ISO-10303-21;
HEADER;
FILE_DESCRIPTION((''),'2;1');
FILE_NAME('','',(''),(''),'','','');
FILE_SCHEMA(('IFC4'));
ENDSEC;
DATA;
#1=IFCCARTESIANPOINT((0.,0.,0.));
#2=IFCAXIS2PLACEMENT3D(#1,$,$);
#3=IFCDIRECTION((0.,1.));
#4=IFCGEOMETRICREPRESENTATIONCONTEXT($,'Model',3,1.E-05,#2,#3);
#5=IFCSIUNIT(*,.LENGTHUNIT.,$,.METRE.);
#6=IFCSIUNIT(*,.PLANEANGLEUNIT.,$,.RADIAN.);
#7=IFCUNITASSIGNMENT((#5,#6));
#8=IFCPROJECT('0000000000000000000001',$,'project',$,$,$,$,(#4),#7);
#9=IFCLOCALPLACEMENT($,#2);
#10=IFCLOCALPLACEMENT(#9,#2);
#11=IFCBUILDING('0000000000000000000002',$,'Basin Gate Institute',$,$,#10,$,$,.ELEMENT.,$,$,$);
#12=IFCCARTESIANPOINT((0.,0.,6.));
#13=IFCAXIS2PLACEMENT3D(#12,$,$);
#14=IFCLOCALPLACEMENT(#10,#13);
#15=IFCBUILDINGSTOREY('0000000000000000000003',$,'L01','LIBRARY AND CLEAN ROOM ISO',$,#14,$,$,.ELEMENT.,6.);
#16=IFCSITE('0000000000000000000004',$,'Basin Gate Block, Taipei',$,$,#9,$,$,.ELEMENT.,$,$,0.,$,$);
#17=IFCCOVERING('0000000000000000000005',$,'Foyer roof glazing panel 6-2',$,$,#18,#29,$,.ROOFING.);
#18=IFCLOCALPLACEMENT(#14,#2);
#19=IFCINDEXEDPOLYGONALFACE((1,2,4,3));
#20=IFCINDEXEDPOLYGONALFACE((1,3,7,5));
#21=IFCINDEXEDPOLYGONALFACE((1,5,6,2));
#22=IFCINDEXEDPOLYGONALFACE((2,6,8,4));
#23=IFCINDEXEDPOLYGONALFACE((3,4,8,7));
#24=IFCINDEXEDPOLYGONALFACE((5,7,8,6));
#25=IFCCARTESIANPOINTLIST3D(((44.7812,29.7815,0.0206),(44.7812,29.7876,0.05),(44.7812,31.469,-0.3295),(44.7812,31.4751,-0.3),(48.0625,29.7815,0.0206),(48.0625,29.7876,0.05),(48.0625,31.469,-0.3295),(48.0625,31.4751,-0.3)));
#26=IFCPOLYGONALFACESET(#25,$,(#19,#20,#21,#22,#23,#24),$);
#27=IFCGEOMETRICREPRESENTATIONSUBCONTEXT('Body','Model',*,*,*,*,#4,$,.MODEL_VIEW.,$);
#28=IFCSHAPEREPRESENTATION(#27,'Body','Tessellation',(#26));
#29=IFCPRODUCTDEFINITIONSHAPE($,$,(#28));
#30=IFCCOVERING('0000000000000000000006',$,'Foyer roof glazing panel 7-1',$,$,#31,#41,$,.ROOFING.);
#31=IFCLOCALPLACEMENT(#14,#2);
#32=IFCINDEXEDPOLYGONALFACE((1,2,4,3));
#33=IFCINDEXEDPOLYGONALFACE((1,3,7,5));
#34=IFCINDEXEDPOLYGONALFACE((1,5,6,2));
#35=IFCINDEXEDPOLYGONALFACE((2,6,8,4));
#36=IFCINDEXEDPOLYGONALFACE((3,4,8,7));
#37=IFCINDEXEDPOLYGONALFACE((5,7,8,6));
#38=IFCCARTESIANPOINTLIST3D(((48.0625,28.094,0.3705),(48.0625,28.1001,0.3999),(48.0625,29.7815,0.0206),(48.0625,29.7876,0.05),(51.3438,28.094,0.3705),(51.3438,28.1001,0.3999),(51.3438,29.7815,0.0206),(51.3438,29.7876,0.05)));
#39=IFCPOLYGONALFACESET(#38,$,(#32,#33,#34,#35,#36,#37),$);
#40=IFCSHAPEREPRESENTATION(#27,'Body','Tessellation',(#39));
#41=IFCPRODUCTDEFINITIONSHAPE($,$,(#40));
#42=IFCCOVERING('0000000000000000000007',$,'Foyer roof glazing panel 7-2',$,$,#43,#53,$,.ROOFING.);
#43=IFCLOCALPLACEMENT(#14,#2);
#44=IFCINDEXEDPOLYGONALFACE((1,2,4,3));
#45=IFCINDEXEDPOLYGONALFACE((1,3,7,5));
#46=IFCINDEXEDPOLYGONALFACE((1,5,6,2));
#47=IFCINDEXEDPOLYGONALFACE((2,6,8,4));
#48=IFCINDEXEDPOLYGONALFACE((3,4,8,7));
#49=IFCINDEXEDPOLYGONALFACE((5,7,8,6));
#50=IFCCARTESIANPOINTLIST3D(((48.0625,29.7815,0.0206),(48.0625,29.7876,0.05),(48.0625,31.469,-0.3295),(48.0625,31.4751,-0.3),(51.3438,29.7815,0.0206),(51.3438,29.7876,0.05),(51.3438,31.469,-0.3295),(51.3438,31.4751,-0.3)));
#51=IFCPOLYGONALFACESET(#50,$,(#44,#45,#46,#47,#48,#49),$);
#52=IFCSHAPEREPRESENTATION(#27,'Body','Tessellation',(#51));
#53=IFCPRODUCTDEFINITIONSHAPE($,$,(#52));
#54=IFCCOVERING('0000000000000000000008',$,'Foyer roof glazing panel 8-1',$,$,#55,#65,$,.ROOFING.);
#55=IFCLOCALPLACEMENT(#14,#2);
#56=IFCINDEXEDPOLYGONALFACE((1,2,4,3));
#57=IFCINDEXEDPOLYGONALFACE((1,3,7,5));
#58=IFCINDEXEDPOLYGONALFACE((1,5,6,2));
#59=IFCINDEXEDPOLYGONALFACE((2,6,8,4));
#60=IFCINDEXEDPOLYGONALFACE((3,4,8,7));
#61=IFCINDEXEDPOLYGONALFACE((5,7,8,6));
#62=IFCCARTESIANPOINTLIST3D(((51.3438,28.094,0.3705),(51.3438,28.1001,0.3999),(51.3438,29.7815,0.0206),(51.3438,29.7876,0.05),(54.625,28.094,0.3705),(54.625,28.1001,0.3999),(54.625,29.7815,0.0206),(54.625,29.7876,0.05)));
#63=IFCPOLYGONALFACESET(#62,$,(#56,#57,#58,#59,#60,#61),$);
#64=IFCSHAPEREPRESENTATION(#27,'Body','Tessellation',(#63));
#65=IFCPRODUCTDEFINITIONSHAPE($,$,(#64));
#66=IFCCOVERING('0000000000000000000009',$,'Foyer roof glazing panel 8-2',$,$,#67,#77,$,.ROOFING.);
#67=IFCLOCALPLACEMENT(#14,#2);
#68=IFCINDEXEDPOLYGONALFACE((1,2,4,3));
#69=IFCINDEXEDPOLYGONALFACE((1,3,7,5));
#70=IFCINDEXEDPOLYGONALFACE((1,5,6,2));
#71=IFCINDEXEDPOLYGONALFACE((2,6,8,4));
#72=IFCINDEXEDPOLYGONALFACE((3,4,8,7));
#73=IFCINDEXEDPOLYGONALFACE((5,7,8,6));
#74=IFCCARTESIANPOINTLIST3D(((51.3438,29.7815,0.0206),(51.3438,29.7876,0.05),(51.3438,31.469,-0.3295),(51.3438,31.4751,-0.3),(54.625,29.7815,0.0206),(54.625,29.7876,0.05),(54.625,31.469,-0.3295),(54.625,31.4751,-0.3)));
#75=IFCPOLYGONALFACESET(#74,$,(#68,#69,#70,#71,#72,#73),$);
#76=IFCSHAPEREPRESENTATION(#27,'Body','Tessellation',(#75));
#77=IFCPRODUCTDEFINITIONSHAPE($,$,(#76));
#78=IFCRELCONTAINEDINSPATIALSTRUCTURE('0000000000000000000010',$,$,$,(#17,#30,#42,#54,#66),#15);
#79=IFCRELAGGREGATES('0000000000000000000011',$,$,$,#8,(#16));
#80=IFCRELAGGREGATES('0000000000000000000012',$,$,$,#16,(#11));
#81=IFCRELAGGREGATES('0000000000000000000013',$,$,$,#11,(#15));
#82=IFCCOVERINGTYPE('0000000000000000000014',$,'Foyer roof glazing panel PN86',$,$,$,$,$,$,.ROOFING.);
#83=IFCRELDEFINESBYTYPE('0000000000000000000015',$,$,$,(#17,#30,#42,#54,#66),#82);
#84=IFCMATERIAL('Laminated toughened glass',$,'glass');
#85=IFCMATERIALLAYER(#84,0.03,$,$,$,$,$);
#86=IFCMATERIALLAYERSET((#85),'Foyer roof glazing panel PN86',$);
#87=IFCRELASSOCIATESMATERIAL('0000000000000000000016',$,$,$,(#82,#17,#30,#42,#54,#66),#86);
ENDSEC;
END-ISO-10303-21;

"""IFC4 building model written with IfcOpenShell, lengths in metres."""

from ifc_helpers import new_model, si_unit, direction, frame, origin, place, context, subcontext, project, spatial, polyline, outline, extrude, material, layer, layer_set, type_object, element, save


model = new_model("IFC4")

# Units and contexts
model_context = context("Model", 3, precision=1e-05, world=origin(), true_north=direction((0.0, 1.0)))
body_context = subcontext(model_context, "Body", "Model", "MODEL_VIEW")
ifc_project = project(units=[si_unit("LENGTHUNIT", "METRE"), si_unit("PLANEANGLEUNIT", "RADIAN")], contexts=[model_context])

# Site, building, storey
site_placement = place(None, origin())
site = spatial("IfcSite", under=ifc_project, at=site_placement, Name="Basin Gate Block, Taipei", CompositionType="ELEMENT", RefElevation=0.0)
building_placement = place(site_placement, origin())
building = spatial("IfcBuilding", under=site, at=building_placement, Name="Basin Gate Institute", CompositionType="ELEMENT")
storey_placement = place(building_placement, frame((0.0, 0.0, 6.0)))
storey = spatial("IfcBuildingStorey", under=building, at=storey_placement, Name="L01", Description="LIBRARY AND CLEAN ROOM ISO", CompositionType="ELEMENT", Elevation=6.0)

# Coverings
ifc_material_1 = material(Name="Laminated toughened glass", Category="glass")
ifc_layer_1 = layer(ifc_material_1, 0.03)
ifc_layer_set_1 = layer_set([ifc_layer_1], Name="Foyer roof glazing panel PN86")
covering_type = type_object("IfcCoveringType", Name="Foyer roof glazing panel PN86", PredefinedType="ROOFING", material=ifc_layer_set_1)
covering_1_placement = place(storey_placement, frame((44.7812, 29.7876, 0.05), z_axis=(0.0, 0.20314, 0.97915), x_axis=(1.0, 0.0, 0.0)))
element("IfcCovering", 1, at=covering_1_placement, inside=storey, type_object=covering_type, material=ifc_layer_set_1, Name="Foyer roof glazing panel 6-2", PredefinedType="ROOFING", context=body_context, shape_type="SweptSolid", body=[
    extrude(outline(polyline([(0.0, 0.0), (3.2812, 0.0), (3.2812, 1.7234), (0.0, 1.7234), (0.0, 0.0)])), origin(), (0.0, 0.0, -1.0), 0.03),
])
covering_2_placement = place(storey_placement, frame((48.0625, 28.1001, 0.3999), z_axis=(0.0, 0.203004, 0.979178), x_axis=(1.0, 0.0, 0.0)))
element("IfcCovering", 2, at=covering_2_placement, inside=storey, type_object=covering_type, material=ifc_layer_set_1, Name="Foyer roof glazing panel 7-1", PredefinedType="ROOFING", context=body_context, shape_type="SweptSolid", body=[
    extrude(outline(polyline([(0.0, 0.0), (3.2812, 0.0), (3.2812, 1.7234), (0.0, 1.7234), (0.0, 0.0)])), origin(), (0.0, 0.0, -1.0), 0.03),
])
covering_3_placement = place(storey_placement, frame((48.0625, 29.7876, 0.05), z_axis=(0.0, 0.20314, 0.97915), x_axis=(1.0, 0.0, 0.0)))
element("IfcCovering", 3, at=covering_3_placement, inside=storey, type_object=covering_type, material=ifc_layer_set_1, Name="Foyer roof glazing panel 7-2", PredefinedType="ROOFING", context=body_context, shape_type="SweptSolid", body=[
    extrude(outline(polyline([(0.0, 0.0), (3.2812, 0.0), (3.2812, 1.7234), (0.0, 1.7234), (0.0, 0.0)])), origin(), (0.0, 0.0, -1.0), 0.03),
])
covering_4_placement = place(storey_placement, frame((51.3438, 28.1001, 0.3999), z_axis=(0.0, 0.203004, 0.979178), x_axis=(1.0, 0.0, 0.0)))
element("IfcCovering", 4, at=covering_4_placement, inside=storey, type_object=covering_type, material=ifc_layer_set_1, Name="Foyer roof glazing panel 8-1", PredefinedType="ROOFING", context=body_context, shape_type="SweptSolid", body=[
    extrude(outline(polyline([(0.0, 0.0), (3.2812, 0.0), (3.2812, 1.7234), (0.0, 1.7234), (0.0, 0.0)])), origin(), (0.0, 0.0, -1.0), 0.03),
])
covering_5_placement = place(storey_placement, frame((51.3438, 29.7876, 0.05), z_axis=(0.0, 0.20314, 0.97915), x_axis=(1.0, 0.0, 0.0)))
element("IfcCovering", 5, at=covering_5_placement, inside=storey, type_object=covering_type, material=ifc_layer_set_1, Name="Foyer roof glazing panel 8-2", PredefinedType="ROOFING", context=body_context, shape_type="SweptSolid", body=[
    extrude(outline(polyline([(0.0, 0.0), (3.2812, 0.0), (3.2812, 1.7234), (0.0, 1.7234), (0.0, 0.0)])), origin(), (0.0, 0.0, -1.0), 0.03),
])

save(model, "model.ifc")
